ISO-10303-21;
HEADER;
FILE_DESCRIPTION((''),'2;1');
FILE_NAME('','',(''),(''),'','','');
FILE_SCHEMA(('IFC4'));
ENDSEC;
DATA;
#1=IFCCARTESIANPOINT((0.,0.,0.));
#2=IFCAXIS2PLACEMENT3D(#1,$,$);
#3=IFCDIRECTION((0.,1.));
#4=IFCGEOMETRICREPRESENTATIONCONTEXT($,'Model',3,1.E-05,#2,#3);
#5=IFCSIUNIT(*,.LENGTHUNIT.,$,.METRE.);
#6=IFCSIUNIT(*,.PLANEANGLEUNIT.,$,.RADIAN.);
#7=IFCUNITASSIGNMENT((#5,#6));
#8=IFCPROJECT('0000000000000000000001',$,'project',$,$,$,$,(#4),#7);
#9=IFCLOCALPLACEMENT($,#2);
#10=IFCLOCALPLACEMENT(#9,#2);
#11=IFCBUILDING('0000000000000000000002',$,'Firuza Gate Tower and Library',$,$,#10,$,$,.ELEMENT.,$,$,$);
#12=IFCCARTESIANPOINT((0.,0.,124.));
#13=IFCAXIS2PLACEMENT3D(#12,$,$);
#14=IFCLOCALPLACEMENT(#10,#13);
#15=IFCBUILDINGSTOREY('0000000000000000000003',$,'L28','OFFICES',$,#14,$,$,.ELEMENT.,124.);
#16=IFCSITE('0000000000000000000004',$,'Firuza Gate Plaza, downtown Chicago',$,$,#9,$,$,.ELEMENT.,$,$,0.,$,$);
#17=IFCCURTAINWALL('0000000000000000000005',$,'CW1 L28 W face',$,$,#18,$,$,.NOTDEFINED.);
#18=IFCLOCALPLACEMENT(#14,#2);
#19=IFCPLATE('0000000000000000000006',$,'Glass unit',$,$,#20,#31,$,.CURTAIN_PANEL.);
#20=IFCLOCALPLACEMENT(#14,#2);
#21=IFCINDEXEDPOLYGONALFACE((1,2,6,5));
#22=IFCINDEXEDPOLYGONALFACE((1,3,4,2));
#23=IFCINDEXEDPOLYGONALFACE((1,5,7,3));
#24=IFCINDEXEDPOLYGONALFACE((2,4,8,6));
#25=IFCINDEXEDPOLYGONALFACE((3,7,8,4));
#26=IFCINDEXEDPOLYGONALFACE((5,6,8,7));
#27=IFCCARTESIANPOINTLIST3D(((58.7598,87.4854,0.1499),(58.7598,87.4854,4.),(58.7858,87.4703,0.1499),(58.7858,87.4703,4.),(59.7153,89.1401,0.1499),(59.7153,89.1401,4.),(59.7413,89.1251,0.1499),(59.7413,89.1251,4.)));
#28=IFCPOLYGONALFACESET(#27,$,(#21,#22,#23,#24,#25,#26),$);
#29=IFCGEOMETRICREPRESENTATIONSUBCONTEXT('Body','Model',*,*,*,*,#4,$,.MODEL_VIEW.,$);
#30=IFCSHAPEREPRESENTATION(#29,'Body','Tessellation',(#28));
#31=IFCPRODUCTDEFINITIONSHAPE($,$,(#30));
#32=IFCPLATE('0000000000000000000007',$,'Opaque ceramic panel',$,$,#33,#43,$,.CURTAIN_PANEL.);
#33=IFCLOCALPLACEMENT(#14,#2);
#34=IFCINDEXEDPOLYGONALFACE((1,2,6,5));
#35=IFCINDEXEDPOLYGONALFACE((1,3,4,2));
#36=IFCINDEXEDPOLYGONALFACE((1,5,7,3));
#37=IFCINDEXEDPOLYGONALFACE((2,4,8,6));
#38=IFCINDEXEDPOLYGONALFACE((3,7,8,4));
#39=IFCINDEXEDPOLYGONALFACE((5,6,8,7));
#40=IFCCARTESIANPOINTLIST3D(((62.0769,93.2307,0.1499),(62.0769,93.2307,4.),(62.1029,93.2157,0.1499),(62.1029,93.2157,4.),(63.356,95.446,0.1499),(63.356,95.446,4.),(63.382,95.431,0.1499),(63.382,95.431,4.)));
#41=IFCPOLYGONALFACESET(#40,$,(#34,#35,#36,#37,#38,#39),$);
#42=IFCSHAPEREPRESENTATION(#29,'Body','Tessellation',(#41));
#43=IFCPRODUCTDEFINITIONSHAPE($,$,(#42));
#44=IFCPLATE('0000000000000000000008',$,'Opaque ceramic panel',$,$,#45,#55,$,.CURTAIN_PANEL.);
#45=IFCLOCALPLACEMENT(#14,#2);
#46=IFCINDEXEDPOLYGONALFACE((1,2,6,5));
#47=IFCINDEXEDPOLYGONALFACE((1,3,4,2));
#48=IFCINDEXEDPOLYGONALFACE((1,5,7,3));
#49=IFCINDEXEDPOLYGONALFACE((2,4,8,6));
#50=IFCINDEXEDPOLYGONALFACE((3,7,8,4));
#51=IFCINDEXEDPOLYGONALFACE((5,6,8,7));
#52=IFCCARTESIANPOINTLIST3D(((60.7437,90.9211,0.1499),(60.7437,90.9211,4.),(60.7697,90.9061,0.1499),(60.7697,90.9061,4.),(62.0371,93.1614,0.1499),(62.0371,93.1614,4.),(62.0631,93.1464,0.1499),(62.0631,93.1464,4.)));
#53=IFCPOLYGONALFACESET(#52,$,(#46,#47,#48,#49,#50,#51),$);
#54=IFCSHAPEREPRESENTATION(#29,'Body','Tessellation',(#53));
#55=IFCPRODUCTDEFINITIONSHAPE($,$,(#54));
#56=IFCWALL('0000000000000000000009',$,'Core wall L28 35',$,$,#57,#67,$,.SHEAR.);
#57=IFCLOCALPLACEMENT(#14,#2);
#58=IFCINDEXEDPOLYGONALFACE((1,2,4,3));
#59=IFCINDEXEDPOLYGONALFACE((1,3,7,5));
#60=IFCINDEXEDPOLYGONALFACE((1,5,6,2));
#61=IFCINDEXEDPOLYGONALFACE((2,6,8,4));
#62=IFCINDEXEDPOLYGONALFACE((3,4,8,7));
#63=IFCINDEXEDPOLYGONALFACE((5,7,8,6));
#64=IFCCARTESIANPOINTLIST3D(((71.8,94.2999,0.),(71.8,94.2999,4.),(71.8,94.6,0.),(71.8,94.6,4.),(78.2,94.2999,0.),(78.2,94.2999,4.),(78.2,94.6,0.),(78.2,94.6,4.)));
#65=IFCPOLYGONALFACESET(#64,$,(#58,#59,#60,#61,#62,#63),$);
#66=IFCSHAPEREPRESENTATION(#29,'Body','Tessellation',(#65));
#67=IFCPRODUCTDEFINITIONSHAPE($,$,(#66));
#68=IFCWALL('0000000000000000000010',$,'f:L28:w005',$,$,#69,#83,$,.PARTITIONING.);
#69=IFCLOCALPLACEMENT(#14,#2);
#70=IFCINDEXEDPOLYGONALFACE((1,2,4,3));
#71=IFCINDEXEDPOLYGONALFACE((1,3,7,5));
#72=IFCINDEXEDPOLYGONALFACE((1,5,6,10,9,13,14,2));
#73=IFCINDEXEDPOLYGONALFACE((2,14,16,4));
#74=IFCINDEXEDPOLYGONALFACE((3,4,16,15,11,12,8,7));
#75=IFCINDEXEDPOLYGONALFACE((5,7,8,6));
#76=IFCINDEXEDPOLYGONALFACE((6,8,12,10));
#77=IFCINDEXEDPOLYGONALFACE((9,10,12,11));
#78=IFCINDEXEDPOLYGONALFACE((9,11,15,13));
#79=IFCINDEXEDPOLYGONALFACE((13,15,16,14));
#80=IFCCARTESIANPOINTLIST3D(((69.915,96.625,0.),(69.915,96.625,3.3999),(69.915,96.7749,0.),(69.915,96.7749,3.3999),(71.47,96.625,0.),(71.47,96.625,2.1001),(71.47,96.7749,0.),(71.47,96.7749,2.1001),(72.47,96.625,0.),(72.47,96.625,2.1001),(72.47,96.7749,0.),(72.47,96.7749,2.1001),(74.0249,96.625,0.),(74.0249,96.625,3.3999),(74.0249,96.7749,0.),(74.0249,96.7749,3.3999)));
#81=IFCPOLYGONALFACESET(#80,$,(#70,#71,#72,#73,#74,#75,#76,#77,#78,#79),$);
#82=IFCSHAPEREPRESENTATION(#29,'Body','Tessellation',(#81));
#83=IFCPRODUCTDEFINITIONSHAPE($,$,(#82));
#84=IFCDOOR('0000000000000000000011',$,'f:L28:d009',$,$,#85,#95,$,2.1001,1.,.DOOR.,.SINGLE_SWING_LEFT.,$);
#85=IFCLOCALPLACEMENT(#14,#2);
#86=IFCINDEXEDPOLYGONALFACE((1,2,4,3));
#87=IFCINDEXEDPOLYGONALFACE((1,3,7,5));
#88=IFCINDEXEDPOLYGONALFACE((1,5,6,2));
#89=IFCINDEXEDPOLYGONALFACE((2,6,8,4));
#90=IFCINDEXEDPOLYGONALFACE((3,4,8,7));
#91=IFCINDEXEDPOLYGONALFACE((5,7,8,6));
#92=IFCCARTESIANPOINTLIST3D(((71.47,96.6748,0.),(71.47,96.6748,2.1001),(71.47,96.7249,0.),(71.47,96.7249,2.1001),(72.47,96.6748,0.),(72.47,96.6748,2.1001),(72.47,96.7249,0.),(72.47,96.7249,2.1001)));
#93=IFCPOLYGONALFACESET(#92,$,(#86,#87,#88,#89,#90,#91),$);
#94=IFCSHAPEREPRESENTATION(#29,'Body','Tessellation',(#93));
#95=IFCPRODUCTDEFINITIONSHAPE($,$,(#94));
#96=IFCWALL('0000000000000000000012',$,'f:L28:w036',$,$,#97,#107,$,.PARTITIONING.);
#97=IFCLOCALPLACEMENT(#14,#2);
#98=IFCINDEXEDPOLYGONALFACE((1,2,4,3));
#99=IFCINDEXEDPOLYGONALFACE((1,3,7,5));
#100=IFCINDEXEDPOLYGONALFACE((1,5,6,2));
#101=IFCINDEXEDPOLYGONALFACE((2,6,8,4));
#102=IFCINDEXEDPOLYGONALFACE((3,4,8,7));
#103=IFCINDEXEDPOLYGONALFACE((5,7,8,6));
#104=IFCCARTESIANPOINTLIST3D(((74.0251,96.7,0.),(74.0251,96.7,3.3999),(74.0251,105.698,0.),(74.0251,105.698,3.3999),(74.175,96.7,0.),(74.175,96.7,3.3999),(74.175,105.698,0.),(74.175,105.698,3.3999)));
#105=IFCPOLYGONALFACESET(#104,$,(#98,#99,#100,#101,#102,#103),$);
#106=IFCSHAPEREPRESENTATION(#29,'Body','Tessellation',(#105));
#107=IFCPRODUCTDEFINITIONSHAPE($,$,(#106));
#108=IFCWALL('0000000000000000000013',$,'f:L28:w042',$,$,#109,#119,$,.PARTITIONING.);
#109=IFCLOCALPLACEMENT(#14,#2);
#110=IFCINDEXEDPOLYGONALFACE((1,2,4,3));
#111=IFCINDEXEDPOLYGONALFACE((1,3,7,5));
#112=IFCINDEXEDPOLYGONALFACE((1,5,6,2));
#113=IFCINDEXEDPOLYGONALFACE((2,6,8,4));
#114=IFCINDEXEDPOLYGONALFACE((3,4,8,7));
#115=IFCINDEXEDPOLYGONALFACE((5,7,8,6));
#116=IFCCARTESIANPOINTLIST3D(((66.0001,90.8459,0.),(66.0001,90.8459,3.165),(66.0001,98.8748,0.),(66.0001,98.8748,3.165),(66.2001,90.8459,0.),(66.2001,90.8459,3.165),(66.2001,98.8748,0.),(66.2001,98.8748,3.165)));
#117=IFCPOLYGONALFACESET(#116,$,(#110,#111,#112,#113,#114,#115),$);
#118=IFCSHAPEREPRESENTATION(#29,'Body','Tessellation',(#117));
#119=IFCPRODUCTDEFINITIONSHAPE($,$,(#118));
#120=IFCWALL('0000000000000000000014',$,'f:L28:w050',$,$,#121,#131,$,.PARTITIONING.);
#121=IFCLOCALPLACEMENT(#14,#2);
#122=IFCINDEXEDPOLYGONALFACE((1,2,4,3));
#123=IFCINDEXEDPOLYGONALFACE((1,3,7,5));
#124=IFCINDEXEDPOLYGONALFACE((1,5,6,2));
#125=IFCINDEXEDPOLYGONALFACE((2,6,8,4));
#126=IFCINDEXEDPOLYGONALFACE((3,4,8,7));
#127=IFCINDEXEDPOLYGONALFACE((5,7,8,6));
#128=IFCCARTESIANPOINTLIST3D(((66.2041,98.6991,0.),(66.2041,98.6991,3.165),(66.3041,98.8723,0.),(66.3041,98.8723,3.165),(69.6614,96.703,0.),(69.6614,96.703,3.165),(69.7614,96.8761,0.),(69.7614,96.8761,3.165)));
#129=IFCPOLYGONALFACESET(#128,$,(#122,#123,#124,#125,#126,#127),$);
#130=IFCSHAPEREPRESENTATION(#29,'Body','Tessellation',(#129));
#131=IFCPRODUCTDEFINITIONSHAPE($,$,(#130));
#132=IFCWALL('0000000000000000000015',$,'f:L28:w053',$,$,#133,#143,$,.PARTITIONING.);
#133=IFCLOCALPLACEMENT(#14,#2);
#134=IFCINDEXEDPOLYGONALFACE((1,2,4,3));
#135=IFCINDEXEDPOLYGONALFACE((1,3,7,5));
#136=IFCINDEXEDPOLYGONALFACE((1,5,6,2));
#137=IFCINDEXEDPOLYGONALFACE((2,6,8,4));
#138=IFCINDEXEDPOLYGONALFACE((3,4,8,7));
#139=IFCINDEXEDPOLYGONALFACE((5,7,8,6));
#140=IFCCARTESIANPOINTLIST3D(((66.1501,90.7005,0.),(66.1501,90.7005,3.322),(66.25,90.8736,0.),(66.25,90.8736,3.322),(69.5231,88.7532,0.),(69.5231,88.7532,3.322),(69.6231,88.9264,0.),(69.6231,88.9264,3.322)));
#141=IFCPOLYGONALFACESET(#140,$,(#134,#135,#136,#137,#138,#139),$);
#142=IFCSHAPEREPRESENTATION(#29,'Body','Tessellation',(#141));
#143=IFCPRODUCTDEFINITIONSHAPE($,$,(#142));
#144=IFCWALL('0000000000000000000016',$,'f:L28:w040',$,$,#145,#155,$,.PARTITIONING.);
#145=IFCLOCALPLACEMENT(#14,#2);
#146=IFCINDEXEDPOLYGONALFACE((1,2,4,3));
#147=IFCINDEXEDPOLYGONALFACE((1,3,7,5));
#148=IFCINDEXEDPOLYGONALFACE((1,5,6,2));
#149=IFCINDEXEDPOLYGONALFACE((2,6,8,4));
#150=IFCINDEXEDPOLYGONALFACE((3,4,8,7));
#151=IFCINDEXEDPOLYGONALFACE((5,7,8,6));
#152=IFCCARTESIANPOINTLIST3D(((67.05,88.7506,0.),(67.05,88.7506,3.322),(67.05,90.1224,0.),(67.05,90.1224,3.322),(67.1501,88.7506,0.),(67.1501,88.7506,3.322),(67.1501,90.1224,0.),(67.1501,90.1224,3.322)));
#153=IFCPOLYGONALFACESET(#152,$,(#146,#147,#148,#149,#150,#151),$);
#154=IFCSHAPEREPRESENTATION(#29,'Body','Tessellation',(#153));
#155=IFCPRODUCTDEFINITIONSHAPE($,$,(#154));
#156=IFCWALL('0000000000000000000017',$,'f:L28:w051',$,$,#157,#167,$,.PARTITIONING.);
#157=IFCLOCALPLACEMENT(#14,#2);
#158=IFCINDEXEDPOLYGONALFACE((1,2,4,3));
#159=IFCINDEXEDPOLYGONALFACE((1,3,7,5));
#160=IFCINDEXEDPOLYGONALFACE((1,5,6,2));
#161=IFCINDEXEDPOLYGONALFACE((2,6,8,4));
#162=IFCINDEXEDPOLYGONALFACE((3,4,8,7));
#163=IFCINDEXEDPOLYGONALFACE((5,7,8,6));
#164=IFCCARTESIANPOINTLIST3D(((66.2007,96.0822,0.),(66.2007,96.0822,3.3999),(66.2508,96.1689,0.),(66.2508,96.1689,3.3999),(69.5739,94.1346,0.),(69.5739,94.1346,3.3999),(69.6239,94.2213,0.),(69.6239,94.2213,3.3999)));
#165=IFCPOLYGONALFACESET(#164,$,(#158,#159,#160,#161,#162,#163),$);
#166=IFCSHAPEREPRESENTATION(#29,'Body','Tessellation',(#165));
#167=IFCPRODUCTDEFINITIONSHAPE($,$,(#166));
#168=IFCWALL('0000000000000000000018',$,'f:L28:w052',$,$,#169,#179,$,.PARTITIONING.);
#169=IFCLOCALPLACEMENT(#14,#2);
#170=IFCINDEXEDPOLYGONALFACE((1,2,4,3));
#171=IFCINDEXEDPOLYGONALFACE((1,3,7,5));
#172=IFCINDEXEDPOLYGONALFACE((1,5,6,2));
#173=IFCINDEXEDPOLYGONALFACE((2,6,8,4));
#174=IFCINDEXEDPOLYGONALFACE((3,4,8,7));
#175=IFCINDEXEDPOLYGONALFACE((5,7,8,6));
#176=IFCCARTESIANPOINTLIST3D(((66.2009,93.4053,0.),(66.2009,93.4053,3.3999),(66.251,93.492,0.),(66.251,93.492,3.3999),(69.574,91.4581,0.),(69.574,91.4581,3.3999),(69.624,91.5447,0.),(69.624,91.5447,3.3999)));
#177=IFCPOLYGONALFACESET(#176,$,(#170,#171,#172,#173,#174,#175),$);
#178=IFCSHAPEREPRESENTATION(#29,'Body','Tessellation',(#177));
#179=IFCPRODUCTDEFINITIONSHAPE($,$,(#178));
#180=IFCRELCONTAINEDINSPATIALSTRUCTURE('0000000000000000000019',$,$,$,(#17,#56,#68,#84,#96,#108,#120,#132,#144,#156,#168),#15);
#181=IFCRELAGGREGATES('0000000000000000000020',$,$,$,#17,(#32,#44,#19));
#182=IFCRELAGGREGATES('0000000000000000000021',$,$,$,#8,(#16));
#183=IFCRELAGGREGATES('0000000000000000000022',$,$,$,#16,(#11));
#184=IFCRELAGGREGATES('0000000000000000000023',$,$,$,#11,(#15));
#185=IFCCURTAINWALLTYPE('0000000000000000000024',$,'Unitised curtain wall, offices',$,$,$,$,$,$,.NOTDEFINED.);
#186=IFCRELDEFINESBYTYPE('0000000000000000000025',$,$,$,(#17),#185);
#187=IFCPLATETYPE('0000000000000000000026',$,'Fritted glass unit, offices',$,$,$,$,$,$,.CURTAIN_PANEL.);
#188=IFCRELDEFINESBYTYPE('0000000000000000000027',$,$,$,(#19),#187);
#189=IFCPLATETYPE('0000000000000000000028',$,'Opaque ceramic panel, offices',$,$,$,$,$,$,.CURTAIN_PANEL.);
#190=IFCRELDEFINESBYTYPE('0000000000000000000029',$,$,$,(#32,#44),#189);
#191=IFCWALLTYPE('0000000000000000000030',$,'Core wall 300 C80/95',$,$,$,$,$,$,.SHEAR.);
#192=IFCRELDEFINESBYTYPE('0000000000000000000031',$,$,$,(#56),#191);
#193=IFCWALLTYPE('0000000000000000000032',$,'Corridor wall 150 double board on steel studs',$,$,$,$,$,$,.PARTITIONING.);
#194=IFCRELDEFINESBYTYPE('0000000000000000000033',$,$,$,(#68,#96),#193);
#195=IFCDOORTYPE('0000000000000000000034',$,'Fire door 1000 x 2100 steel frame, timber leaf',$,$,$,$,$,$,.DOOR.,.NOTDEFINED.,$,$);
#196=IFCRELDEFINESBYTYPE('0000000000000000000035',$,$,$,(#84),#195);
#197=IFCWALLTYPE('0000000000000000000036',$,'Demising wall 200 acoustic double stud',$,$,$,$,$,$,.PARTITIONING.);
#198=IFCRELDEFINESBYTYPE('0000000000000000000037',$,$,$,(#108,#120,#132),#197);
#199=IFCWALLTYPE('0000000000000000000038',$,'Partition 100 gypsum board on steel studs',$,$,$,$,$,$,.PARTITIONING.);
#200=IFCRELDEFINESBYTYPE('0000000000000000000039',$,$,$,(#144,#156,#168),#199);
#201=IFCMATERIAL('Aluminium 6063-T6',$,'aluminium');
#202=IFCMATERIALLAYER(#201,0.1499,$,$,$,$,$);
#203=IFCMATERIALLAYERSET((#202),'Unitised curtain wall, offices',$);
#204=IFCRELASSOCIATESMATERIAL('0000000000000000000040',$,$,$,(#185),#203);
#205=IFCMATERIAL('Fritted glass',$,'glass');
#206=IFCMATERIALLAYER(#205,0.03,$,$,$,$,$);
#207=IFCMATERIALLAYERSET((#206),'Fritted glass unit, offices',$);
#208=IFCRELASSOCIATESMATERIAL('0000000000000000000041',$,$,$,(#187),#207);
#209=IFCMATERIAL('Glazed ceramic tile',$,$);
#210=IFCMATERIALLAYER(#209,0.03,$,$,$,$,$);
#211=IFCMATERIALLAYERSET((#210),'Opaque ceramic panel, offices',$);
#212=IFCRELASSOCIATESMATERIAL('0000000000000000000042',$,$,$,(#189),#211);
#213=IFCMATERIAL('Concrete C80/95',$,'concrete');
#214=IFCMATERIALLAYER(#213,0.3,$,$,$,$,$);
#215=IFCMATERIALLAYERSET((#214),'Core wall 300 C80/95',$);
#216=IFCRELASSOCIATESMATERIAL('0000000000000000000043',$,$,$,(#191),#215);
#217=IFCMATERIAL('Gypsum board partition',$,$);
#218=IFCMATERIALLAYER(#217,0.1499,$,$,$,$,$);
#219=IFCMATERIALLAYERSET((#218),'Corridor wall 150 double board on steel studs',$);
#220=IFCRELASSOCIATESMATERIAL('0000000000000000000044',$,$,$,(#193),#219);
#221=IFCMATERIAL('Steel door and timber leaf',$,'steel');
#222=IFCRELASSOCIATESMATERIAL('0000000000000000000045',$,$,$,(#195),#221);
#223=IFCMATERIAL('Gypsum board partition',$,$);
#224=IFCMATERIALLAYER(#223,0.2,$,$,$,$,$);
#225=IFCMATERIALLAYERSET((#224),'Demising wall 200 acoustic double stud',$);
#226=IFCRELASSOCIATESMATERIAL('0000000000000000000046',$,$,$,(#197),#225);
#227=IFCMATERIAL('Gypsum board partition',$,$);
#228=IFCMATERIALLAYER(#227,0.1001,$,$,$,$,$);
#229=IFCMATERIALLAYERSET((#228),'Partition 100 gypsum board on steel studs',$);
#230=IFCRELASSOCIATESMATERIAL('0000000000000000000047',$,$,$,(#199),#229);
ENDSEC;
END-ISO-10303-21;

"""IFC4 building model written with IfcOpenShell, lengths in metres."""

from ifc_helpers import new_model, si_unit, direction, frame, frame_2d, origin, place, context, subcontext, project, spatial, polyline, rectangle, outline, extrude, material, layer, layer_set, type_object, element, fill, aggregate, save


model = new_model("IFC4")

# Units and contexts
model_context = context("Model", 3, precision=1e-05, world=origin(), true_north=direction((0.0, 1.0)))
body_context = subcontext(model_context, "Body", "Model", "MODEL_VIEW")
ifc_project = project(units=[si_unit("LENGTHUNIT", "METRE"), si_unit("PLANEANGLEUNIT", "RADIAN")], contexts=[model_context])

# Site, building, storey
site_placement = place(None, origin())
site = spatial("IfcSite", under=ifc_project, at=site_placement, Name="Firuza Gate Plaza, downtown Chicago", CompositionType="ELEMENT", RefElevation=0.0)
building_placement = place(site_placement, origin())
building = spatial("IfcBuilding", under=site, at=building_placement, Name="Firuza Gate Tower and Library", CompositionType="ELEMENT")
storey_placement = place(building_placement, frame((0.0, 0.0, 124.0)))
storey = spatial("IfcBuildingStorey", under=building, at=storey_placement, Name="L28", Description="OFFICES", CompositionType="ELEMENT", Elevation=124.0)

# Curtain wall
ifc_material_1 = material(Name="Aluminium 6063-T6", Category="aluminium")
ifc_layer_1 = layer(ifc_material_1, 0.1499)
ifc_layer_set_1 = layer_set([ifc_layer_1], Name="Unitised curtain wall, offices")
curtain_wall_type = type_object("IfcCurtainWallType", Name="Unitised curtain wall, offices", PredefinedType="NOTDEFINED", material=ifc_layer_set_1)
placement = place(storey_placement, origin())
curtain_wall = element("IfcCurtainWall", 1, at=placement, inside=storey, type_object=curtain_wall_type, Name="CW1 L28 W face", PredefinedType="NOTDEFINED")

# Plates
ifc_material_2 = material(Name="Fritted glass", Category="glass")
ifc_layer_2 = layer(ifc_material_2, 0.03)
ifc_layer_set_2 = layer_set([ifc_layer_2], Name="Fritted glass unit, offices")
plate_type_1 = type_object("IfcPlateType", Name="Fritted glass unit, offices", PredefinedType="CURTAIN_PANEL", material=ifc_layer_set_2)
plate_1_placement = place(storey_placement, frame((59.7153, 89.1401, 0.1499), z_axis=(-0.865986, 0.500069, 0.0), x_axis=(-0.500069, -0.865986, 0.0)))
plate_1 = element("IfcPlate", 2, at=plate_1_placement, type_object=plate_type_1, Name="Glass unit", PredefinedType="CURTAIN_PANEL", context=body_context, shape_type="SweptSolid", body=[
    extrude(outline(polyline([(0.0, 0.0), (1.9109, 0.0), (1.9109, 3.8501), (0.0, 3.8501), (0.0, 0.0)])), origin(), (0.0, 0.0, -1.0), 0.03),
])
ifc_material_3 = material(Name="Glazed ceramic tile")
ifc_layer_3 = layer(ifc_material_3, 0.03)
ifc_layer_set_3 = layer_set([ifc_layer_3], Name="Opaque ceramic panel, offices")
plate_type_2 = type_object("IfcPlateType", Name="Opaque ceramic panel, offices", PredefinedType="CURTAIN_PANEL", material=ifc_layer_set_3)
plate_2_placement = place(storey_placement, frame((63.356, 95.446, 0.1499), z_axis=(-0.86602, 0.500009, 0.0), x_axis=(-0.500009, -0.86602, 0.0)))
plate_2 = element("IfcPlate", 3, at=plate_2_placement, type_object=plate_type_2, Name="Opaque ceramic panel", PredefinedType="CURTAIN_PANEL", context=body_context, shape_type="SweptSolid", body=[
    extrude(outline(polyline([(0.0, 0.0), (2.5581, 0.0), (2.5581, 3.8501), (0.0, 3.8501), (0.0, 0.0)])), origin(), (0.0, 0.0, -1.0), 0.03),
])
plate_3_placement = place(storey_placement, frame((62.0371, 93.1614, 0.1499), z_axis=(-0.866016, 0.500017, 0.0), x_axis=(-0.500017, -0.866016, 0.0)))
plate_3 = element("IfcPlate", 4, at=plate_3_placement, type_object=plate_type_2, Name="Opaque ceramic panel", PredefinedType="CURTAIN_PANEL", context=body_context, shape_type="SweptSolid", body=[
    extrude(outline(polyline([(0.0, 0.0), (2.5868, 0.0), (2.5868, 3.8501), (0.0, 3.8501), (0.0, 0.0)])), origin(), (0.0, 0.0, -1.0), 0.03),
])
aggregate(curtain_wall, [plate_2, plate_3, plate_1])

# Wall
ifc_material_4 = material(Name="Concrete C80/95", Category="concrete")
ifc_layer_4 = layer(ifc_material_4, 0.3)
ifc_layer_set_4 = layer_set([ifc_layer_4], Name="Core wall 300 C80/95")
wall_type_1 = type_object("IfcWallType", Name="Core wall 300 C80/95", PredefinedType="SHEAR", material=ifc_layer_set_4)
wall_1_placement = place(storey_placement, frame((71.8, 94.45, 0.0), z_axis=(0.0, 0.0, 1.0), x_axis=(1.0, 0.0, 0.0)))
element("IfcWall", 5, at=wall_1_placement, inside=storey, type_object=wall_type_1, Name="Core wall L28 35", PredefinedType="SHEAR", context=body_context, shape_type="SweptSolid", body=[
    extrude(rectangle(XDim=6.3999, YDim=0.3, at=frame_2d((3.2, 0.0))), origin(), (0.0, 0.0, 1.0), 4.0),
])

# Wall, opening, door
ifc_material_5 = material(Name="Gypsum board partition")
ifc_layer_5 = layer(ifc_material_5, 0.1499)
ifc_layer_set_5 = layer_set([ifc_layer_5], Name="Corridor wall 150 double board on steel studs")
wall_type_2 = type_object("IfcWallType", Name="Corridor wall 150 double board on steel studs", PredefinedType="PARTITIONING", material=ifc_layer_set_5)
wall_2_placement = place(storey_placement, frame((69.915, 96.7, 0.0), z_axis=(0.0, 0.0, 1.0), x_axis=(1.0, 0.0, 0.0)))
wall_2 = element("IfcWall", 6, at=wall_2_placement, inside=storey, type_object=wall_type_2, Name="f:L28:w005", PredefinedType="PARTITIONING", context=body_context, shape_type="SweptSolid", body=[
    extrude(rectangle(XDim=4.1099, YDim=0.1499, at=frame_2d((2.0549, 0.0))), origin(), (0.0, 0.0, 1.0), 3.3999),
])
opening_placement = place(wall_2_placement, frame((1.5549, 0.0, 0.0)))
opening = element("IfcOpeningElement", 7, at=opening_placement, cuts=wall_2, PredefinedType="OPENING", context=body_context, shape_type="SweptSolid", body=[
    extrude(rectangle(XDim=1.0, YDim=2.1001, at=frame_2d((0.5, 1.05))), frame((0.0, 0.085, 0.0), z_axis=(0.0, -1.0, 0.0), x_axis=(1.0, 0.0, 0.0)), (0.0, 0.0, 1.0), 0.1699),
])
ifc_material_6 = material(Name="Steel door and timber leaf", Category="steel")
door_type = type_object("IfcDoorType", Name="Fire door 1000 x 2100 steel frame, timber leaf", OperationType="NOTDEFINED", PredefinedType="DOOR", material=ifc_material_6)
door_placement = place(opening_placement, origin())
door = element("IfcDoor", 8, at=door_placement, inside=storey, type_object=door_type, Name="f:L28:d009", OperationType="SINGLE_SWING_LEFT", OverallHeight=2.1001, OverallWidth=1.0, PredefinedType="DOOR", context=body_context, shape_type="SweptSolid", body=[
    extrude(rectangle(XDim=1.0, YDim=2.1001, at=frame_2d((0.5, 1.05))), frame((0.0, 0.0249, 0.0), z_axis=(0.0, -1.0, 0.0), x_axis=(1.0, 0.0, 0.0)), (0.0, 0.0, 1.0), 0.05),
])
fill(opening, door)

# Walls
wall_3_placement = place(storey_placement, frame((74.1001, 96.7, 0.0), z_axis=(0.0, 0.0, 1.0), x_axis=(0.0, 1.0, 0.0)))
element("IfcWall", 9, at=wall_3_placement, inside=storey, type_object=wall_type_2, Name="f:L28:w036", PredefinedType="PARTITIONING", context=body_context, shape_type="SweptSolid", body=[
    extrude(rectangle(XDim=8.998, YDim=0.1499, at=frame_2d((4.499, 0.0))), origin(), (0.0, 0.0, 1.0), 3.3999),
])
ifc_material_7 = material(Name="Gypsum board partition")
ifc_layer_6 = layer(ifc_material_7, 0.2)
ifc_layer_set_6 = layer_set([ifc_layer_6], Name="Demising wall 200 acoustic double stud")
wall_type_3 = type_object("IfcWallType", Name="Demising wall 200 acoustic double stud", PredefinedType="PARTITIONING", material=ifc_layer_set_6)
wall_4_placement = place(storey_placement, frame((66.1001, 90.8459, 0.0), z_axis=(0.0, 0.0, 1.0), x_axis=(0.0, 1.0, 0.0)))
element("IfcWall", 10, at=wall_4_placement, inside=storey, type_object=wall_type_3, Name="f:L28:w042", PredefinedType="PARTITIONING", context=body_context, shape_type="SweptSolid", body=[
    extrude(rectangle(XDim=8.0288, YDim=0.2, at=frame_2d((4.0144, 0.0))), origin(), (0.0, 0.0, 1.0), 3.165),
])
wall_5_placement = place(storey_placement, frame((69.7114, 96.7896, 0.0), z_axis=(0.0, 0.0, 1.0), x_axis=(-0.866022, 0.500007, 0.0)))
element("IfcWall", 11, at=wall_5_placement, inside=storey, type_object=wall_type_3, Name="f:L28:w050", PredefinedType="PARTITIONING", context=body_context, shape_type="SweptSolid", body=[
    extrude(rectangle(XDim=3.9922, YDim=0.2, at=frame_2d((1.9961, 0.0))), origin(), (0.0, 0.0, 1.0), 3.165),
])
wall_6_placement = place(storey_placement, frame((69.573, 88.8398, 0.0), z_axis=(0.0, 0.0, 1.0), x_axis=(-0.866044, 0.499968, 0.0)))
element("IfcWall", 12, at=wall_6_placement, inside=storey, type_object=wall_type_3, Name="f:L28:w053", PredefinedType="PARTITIONING", context=body_context, shape_type="SweptSolid", body=[
    extrude(rectangle(XDim=3.8948, YDim=0.2, at=frame_2d((1.9473, 0.0))), origin(), (0.0, 0.0, 1.0), 3.322),
])
ifc_material_8 = material(Name="Gypsum board partition")
ifc_layer_7 = layer(ifc_material_8, 0.1001)
ifc_layer_set_7 = layer_set([ifc_layer_7], Name="Partition 100 gypsum board on steel studs")
wall_type_4 = type_object("IfcWallType", Name="Partition 100 gypsum board on steel studs", PredefinedType="PARTITIONING", material=ifc_layer_set_7)
wall_7_placement = place(storey_placement, frame((67.1001, 88.7505, 0.0), z_axis=(0.0, 0.0, 1.0), x_axis=(0.0, 1.0, 0.0)))
element("IfcWall", 13, at=wall_7_placement, inside=storey, type_object=wall_type_4, Name="f:L28:w040", PredefinedType="PARTITIONING", context=body_context, shape_type="SweptSolid", body=[
    extrude(rectangle(XDim=1.3718, YDim=0.1001, at=frame_2d((0.686, 0.0))), origin(), (0.0, 0.0, 1.0), 3.322),
])
wall_8_placement = place(storey_placement, frame((69.5989, 94.178, 0.0), z_axis=(0.0, 0.0, 1.0), x_axis=(-0.866016, 0.500015, 0.0)))
element("IfcWall", 14, at=wall_8_placement, inside=storey, type_object=wall_type_4, Name="f:L28:w051", PredefinedType="PARTITIONING", context=body_context, shape_type="SweptSolid", body=[
    extrude(rectangle(XDim=3.895, YDim=0.1001, at=frame_2d((1.9475, 0.0))), origin(), (0.0, 0.0, 1.0), 3.3999),
])
wall_9_placement = place(storey_placement, frame((69.5989, 91.5015, 0.0), z_axis=(0.0, 0.0, 1.0), x_axis=(-0.866044, 0.499968, 0.0)))
element("IfcWall", 15, at=wall_9_placement, inside=storey, type_object=wall_type_4, Name="f:L28:w052", PredefinedType="PARTITIONING", context=body_context, shape_type="SweptSolid", body=[
    extrude(rectangle(XDim=3.8948, YDim=0.1001, at=frame_2d((1.9473, 0.0))), origin(), (0.0, 0.0, 1.0), 3.3999),
])

save(model, "model.ifc")
